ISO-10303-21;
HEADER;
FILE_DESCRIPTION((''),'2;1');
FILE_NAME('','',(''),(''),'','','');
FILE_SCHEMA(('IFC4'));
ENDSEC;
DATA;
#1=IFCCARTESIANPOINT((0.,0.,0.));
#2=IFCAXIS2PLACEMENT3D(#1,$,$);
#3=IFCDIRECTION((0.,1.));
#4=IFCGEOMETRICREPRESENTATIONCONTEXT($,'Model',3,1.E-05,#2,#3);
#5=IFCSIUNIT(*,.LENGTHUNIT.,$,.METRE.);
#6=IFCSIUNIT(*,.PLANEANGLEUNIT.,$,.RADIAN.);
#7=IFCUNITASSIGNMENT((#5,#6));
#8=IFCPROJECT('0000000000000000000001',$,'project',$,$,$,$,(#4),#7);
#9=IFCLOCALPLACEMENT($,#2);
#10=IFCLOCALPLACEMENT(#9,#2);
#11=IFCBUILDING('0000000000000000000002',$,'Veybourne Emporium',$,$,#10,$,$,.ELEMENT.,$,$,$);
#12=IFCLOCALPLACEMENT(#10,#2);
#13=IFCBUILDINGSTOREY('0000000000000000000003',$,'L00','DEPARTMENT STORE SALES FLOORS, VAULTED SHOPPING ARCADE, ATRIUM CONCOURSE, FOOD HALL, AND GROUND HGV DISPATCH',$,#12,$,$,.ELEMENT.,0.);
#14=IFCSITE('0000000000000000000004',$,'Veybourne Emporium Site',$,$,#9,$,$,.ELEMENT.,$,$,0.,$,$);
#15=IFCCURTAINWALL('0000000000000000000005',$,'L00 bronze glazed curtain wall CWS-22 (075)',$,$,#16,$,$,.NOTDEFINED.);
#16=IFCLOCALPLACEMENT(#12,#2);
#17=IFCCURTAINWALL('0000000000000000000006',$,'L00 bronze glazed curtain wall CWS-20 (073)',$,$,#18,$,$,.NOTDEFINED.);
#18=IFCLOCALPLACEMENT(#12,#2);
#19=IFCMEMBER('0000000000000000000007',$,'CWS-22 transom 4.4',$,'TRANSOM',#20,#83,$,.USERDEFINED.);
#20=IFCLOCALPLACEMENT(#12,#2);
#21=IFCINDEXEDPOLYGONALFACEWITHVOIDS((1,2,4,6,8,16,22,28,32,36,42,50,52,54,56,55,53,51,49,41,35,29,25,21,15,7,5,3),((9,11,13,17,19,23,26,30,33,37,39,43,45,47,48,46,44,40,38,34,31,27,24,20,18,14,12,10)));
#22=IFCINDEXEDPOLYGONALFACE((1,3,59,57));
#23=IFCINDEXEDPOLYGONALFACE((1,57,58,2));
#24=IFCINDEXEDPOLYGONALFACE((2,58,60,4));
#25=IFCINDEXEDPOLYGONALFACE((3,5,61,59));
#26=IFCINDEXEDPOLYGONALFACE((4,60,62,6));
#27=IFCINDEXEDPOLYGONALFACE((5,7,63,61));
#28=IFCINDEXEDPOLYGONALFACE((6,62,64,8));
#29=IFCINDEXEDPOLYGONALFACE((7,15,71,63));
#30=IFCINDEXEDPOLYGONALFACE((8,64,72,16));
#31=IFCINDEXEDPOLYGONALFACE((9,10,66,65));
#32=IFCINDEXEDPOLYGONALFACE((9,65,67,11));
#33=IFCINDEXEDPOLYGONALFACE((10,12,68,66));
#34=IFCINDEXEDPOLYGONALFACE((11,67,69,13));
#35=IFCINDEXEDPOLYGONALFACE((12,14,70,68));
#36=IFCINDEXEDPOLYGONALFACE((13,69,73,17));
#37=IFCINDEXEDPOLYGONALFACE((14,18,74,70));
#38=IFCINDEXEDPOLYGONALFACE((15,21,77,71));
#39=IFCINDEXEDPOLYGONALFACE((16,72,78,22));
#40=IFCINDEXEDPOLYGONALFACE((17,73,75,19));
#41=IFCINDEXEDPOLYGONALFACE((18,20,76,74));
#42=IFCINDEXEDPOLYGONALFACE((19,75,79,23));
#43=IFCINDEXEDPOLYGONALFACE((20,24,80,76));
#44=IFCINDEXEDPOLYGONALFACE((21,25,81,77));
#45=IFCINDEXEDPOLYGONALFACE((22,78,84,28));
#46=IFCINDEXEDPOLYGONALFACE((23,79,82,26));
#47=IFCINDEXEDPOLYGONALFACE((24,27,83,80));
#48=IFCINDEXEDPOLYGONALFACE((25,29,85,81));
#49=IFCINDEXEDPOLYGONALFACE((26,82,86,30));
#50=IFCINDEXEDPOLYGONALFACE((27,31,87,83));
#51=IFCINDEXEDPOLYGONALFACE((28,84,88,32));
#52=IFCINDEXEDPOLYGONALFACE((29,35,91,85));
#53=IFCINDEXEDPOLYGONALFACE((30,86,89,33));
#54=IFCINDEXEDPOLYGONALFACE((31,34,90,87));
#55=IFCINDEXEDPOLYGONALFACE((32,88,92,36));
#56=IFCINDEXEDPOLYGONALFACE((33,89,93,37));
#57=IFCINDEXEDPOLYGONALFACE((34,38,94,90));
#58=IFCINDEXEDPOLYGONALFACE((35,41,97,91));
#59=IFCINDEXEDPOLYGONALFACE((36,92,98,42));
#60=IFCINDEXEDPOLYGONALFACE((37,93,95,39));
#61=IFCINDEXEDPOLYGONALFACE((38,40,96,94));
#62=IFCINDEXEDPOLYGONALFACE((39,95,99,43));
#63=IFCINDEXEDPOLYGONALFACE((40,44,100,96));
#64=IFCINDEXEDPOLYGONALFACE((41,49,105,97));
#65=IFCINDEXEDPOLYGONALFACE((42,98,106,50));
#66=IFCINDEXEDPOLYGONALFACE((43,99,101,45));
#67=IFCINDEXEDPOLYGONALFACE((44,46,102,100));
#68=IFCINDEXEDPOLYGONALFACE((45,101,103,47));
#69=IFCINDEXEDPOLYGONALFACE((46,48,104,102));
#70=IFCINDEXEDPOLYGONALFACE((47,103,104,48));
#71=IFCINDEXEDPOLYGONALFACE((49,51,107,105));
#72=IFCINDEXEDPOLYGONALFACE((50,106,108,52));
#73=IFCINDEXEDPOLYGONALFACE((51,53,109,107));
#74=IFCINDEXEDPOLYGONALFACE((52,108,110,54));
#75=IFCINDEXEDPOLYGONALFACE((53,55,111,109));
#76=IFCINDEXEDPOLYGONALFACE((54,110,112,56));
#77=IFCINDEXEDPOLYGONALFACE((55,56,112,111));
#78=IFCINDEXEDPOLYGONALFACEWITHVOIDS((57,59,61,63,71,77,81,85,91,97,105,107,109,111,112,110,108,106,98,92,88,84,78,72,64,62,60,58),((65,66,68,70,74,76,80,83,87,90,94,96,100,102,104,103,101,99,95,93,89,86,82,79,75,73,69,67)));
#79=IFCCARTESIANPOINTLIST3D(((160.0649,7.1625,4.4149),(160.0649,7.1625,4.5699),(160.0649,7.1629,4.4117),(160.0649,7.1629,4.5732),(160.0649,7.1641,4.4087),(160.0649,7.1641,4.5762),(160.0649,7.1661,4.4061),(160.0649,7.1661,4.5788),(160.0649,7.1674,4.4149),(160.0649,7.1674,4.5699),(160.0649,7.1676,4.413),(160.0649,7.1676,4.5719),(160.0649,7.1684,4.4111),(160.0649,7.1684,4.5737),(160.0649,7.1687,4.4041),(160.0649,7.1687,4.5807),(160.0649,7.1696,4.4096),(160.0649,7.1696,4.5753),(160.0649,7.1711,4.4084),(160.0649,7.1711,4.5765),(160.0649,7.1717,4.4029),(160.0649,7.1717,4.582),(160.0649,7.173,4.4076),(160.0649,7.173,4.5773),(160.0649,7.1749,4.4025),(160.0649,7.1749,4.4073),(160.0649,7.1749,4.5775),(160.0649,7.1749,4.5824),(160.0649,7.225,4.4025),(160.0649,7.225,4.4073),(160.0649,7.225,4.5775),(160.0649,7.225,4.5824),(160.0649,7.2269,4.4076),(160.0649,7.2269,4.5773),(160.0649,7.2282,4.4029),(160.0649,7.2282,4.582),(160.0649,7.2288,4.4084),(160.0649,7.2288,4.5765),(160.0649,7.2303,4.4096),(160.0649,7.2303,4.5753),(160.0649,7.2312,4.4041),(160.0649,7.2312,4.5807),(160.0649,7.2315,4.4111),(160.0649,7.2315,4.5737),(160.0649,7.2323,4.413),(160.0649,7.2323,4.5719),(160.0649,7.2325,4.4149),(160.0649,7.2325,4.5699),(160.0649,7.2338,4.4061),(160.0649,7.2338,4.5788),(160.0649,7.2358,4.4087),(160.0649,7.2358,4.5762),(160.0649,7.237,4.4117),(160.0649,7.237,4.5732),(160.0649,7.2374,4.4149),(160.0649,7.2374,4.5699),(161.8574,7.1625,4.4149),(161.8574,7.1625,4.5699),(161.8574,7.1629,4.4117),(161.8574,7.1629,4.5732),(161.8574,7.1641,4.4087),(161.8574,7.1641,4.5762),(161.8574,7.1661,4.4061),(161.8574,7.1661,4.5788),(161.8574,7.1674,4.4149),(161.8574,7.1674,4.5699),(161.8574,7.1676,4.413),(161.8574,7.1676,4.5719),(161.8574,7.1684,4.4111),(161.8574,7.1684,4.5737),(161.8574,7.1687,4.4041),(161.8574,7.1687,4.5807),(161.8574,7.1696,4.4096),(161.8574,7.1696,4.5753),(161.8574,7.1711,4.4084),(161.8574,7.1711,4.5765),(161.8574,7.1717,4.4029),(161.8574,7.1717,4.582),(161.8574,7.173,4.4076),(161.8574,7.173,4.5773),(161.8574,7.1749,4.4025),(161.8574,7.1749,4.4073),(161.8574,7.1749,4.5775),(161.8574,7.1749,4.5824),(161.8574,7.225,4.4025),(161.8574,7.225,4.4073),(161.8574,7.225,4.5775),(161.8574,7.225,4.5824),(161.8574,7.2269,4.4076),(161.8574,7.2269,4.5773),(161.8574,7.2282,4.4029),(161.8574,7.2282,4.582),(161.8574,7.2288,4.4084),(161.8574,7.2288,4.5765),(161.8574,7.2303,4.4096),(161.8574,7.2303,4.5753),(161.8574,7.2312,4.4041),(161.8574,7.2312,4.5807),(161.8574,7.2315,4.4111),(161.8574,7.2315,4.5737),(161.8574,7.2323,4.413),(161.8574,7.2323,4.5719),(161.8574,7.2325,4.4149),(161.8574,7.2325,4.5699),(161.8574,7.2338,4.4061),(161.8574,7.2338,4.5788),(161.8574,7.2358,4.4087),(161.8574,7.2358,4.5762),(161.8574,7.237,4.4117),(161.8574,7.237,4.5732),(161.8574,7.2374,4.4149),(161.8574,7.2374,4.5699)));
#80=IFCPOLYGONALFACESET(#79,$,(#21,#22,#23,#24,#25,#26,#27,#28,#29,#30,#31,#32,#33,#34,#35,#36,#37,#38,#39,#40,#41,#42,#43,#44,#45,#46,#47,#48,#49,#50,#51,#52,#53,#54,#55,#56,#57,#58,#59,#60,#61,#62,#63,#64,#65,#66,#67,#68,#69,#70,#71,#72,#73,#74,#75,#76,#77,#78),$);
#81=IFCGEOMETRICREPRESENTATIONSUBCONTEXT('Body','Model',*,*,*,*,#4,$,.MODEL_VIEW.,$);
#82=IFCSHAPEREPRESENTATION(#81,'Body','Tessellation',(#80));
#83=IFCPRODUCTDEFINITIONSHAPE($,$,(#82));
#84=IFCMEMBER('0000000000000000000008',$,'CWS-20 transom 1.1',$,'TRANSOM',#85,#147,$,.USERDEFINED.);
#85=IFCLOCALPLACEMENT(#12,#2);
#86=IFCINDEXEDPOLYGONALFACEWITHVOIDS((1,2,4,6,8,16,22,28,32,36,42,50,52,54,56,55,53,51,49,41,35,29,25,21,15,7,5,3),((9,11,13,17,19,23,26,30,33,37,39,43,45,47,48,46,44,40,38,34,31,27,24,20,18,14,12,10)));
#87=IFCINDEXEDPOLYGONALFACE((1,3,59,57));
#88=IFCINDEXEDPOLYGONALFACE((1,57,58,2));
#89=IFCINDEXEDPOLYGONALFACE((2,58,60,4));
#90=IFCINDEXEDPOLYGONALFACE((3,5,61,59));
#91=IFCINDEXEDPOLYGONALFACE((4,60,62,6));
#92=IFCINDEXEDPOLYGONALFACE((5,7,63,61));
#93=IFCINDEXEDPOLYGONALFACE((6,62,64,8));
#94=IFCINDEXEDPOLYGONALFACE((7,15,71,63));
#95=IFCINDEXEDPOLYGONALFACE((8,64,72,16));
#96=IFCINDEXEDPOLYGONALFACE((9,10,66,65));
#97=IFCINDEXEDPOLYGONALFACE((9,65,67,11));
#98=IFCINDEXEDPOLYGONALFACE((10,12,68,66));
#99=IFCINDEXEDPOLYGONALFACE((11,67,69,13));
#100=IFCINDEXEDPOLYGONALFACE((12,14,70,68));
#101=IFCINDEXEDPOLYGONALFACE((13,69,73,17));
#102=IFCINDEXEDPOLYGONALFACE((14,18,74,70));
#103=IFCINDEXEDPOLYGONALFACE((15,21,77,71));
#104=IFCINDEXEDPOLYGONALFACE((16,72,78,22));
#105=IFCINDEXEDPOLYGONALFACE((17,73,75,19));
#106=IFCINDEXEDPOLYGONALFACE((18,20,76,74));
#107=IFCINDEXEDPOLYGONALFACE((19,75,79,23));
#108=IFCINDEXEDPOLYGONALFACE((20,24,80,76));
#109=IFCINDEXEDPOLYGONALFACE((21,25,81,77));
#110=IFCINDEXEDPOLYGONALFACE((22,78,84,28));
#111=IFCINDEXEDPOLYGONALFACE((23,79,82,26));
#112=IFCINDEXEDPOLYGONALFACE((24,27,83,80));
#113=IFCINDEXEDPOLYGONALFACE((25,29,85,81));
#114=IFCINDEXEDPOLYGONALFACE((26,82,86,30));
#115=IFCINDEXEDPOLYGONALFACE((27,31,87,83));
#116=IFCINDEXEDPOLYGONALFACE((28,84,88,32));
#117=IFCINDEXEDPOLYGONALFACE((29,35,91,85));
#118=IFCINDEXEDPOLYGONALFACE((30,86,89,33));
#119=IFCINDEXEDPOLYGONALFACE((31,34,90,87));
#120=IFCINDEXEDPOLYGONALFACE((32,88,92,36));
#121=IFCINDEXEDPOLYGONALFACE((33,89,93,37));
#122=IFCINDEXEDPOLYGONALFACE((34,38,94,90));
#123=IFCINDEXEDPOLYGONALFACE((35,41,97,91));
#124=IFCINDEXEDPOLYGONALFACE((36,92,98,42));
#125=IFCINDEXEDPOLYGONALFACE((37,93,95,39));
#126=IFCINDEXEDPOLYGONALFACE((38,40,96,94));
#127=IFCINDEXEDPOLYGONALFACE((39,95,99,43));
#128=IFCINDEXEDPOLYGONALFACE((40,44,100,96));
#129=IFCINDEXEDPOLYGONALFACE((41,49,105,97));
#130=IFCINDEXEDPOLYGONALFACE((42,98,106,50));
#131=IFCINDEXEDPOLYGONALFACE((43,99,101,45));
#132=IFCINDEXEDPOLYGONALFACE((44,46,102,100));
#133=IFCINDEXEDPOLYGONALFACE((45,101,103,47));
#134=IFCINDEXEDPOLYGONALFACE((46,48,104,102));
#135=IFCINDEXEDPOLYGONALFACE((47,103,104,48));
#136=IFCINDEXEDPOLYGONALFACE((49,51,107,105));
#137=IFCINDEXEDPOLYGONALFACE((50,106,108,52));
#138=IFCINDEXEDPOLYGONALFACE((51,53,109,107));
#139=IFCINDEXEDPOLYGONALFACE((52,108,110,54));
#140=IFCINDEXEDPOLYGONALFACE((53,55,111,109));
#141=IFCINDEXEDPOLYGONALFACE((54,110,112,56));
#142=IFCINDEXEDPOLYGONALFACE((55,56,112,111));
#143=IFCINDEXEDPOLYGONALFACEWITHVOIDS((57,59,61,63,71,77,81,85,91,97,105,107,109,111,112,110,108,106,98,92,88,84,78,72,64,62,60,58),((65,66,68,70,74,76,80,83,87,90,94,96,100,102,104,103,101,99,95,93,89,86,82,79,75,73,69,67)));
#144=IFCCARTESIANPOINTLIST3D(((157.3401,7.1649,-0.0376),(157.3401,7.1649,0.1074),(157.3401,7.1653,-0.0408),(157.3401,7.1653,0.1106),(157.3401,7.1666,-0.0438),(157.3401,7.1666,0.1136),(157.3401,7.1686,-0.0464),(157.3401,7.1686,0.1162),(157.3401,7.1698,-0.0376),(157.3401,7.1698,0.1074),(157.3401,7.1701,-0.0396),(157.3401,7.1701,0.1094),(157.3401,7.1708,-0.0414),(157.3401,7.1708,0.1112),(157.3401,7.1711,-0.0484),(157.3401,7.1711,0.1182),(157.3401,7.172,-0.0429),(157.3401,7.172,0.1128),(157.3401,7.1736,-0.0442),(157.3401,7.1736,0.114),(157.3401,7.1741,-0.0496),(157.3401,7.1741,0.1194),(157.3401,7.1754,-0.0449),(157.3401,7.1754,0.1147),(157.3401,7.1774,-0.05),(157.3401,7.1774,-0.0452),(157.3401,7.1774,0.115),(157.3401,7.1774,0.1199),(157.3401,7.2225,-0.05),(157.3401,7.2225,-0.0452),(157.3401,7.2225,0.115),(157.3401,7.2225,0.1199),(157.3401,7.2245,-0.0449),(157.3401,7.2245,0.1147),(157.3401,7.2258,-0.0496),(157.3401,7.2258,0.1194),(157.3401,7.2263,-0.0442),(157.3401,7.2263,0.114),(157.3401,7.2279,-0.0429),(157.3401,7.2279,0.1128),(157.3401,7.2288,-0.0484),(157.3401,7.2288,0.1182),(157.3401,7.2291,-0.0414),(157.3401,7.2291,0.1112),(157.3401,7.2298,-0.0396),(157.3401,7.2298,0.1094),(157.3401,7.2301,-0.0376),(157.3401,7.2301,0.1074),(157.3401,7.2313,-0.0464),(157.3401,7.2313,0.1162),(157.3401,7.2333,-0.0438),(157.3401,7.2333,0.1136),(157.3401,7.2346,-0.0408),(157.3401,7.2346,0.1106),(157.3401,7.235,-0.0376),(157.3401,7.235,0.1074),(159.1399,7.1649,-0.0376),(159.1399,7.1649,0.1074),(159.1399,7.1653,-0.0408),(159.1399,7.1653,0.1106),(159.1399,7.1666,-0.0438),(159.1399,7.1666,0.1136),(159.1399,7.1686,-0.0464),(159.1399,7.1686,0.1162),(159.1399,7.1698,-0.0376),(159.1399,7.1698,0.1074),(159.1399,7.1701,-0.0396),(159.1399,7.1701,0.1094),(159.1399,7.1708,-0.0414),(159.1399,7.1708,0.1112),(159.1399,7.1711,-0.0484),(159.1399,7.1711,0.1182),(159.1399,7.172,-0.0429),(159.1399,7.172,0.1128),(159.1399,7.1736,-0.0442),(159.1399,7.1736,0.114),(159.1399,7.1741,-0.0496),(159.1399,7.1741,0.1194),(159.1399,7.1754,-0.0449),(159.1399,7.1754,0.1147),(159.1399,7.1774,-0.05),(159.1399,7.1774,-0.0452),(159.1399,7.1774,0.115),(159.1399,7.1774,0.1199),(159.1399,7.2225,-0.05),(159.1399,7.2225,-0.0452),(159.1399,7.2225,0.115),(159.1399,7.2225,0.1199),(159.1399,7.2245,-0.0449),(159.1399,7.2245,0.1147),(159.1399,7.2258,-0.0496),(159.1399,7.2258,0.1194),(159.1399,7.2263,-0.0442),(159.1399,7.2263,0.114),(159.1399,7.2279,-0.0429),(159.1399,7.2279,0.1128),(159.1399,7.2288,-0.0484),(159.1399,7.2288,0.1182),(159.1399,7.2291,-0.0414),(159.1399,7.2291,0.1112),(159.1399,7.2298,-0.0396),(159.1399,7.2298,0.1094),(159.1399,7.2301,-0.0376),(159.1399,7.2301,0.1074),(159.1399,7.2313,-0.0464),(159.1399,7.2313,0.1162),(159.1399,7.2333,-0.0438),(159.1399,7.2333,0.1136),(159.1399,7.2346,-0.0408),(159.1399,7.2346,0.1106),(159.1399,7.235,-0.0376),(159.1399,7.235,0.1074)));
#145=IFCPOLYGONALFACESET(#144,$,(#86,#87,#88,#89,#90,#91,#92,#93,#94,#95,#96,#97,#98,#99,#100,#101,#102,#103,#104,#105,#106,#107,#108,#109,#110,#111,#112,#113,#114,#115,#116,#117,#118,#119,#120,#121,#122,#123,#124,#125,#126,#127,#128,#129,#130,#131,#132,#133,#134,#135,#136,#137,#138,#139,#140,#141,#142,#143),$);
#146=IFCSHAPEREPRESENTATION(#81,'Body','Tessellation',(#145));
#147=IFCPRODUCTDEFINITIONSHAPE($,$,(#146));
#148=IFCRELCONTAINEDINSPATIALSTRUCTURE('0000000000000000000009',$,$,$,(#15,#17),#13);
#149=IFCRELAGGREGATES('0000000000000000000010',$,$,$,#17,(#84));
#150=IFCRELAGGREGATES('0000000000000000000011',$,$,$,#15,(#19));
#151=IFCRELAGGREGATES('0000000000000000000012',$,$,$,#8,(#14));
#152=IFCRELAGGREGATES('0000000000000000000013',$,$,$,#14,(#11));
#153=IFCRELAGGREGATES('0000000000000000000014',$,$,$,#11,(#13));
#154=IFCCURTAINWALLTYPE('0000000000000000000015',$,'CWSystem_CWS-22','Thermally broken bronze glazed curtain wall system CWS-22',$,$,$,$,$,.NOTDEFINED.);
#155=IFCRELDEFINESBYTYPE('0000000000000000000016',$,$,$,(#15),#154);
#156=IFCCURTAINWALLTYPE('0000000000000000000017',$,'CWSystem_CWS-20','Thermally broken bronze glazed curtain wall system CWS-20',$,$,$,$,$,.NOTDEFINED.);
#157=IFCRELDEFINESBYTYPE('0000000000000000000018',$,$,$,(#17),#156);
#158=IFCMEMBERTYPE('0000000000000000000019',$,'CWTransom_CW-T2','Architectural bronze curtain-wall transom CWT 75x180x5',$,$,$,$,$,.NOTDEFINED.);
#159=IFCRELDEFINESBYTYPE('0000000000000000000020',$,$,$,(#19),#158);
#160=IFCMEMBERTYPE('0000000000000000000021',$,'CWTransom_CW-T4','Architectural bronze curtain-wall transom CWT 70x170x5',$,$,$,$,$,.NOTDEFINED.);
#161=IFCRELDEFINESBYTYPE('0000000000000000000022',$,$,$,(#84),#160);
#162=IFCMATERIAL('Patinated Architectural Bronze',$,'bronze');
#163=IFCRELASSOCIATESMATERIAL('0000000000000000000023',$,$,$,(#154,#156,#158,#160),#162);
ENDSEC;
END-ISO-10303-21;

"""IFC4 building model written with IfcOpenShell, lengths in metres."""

from ifc_helpers import new_model, si_unit, direction, frame, origin, origin_2d, place, context, subcontext, project, spatial, hollow_rectangle, extrude, material, material_profile, profile_set, type_object, element, aggregate, save


model = new_model("IFC4")

# Units and contexts
model_context = context("Model", 3, precision=1e-05, world=origin(), true_north=direction((0.0, 1.0)))
body_context = subcontext(model_context, "Body", "Model", "MODEL_VIEW")
ifc_project = project(units=[si_unit("LENGTHUNIT", "METRE"), si_unit("PLANEANGLEUNIT", "RADIAN")], contexts=[model_context])

# Site, building, storey
site_placement = place(None, origin())
site = spatial("IfcSite", under=ifc_project, at=site_placement, Name="Veybourne Emporium Site", CompositionType="ELEMENT", RefElevation=0.0)
building_placement = place(site_placement, origin())
building = spatial("IfcBuilding", under=site, at=building_placement, Name="Veybourne Emporium", CompositionType="ELEMENT")
storey_placement = place(building_placement, origin())
storey = spatial("IfcBuildingStorey", under=building, at=storey_placement, Name="L00", Description="DEPARTMENT STORE SALES FLOORS, VAULTED SHOPPING ARCADE, ATRIUM CONCOURSE, FOOD HALL, AND GROUND HGV DISPATCH", CompositionType="ELEMENT", Elevation=0.0)

# Curtain walls
ifc_material_1 = material(Name="Patinated Architectural Bronze", Category="bronze")
curtain_wall_type_1 = type_object("IfcCurtainWallType", Name="CWSystem_CWS-22", Description="Thermally broken bronze glazed curtain wall system CWS-22", PredefinedType="NOTDEFINED", material=ifc_material_1)
curtain_wall_1_placement = place(storey_placement, origin())
curtain_wall_1 = element("IfcCurtainWall", 1, at=curtain_wall_1_placement, inside=storey, type_object=curtain_wall_type_1, Name="L00 bronze glazed curtain wall CWS-22 (075)", PredefinedType="NOTDEFINED")
curtain_wall_type_2 = type_object("IfcCurtainWallType", Name="CWSystem_CWS-20", Description="Thermally broken bronze glazed curtain wall system CWS-20", PredefinedType="NOTDEFINED", material=ifc_material_1)
curtain_wall_2_placement = place(storey_placement, origin())
curtain_wall_2 = element("IfcCurtainWall", 2, at=curtain_wall_2_placement, inside=storey, type_object=curtain_wall_type_2, Name="L00 bronze glazed curtain wall CWS-20 (073)", PredefinedType="NOTDEFINED")

# Members
ifc_material_profile_1 = material_profile(ifc_material_1, hollow_rectangle(XDim=0.075, YDim=0.1799, WallThickness=0.0049, InnerFilletRadius=0.0076, OuterFilletRadius=0.0125, at=origin_2d()), Name="CWT 75x180x5")
ifc_profile_set_1 = profile_set([ifc_material_profile_1], Name="Patinated Architectural Bronze")
member_type_1 = type_object("IfcMemberType", Name="CWTransom_CW-T2", Description="Architectural bronze curtain-wall transom CWT 75x180x5", PredefinedType="NOTDEFINED", material=ifc_profile_set_1)
member_1_placement = place(storey_placement, frame((161.8574, 7.2, 4.4924), z_axis=(-1.0, 0.0, 0.0), x_axis=(0.0, -1.0, 0.0)))
member_1 = element("IfcMember", 3, at=member_1_placement, type_object=member_type_1, Name="CWS-22 transom 4.4", ObjectType="TRANSOM", PredefinedType="USERDEFINED", context=body_context, shape_type="SweptSolid", body=[
    extrude(hollow_rectangle(XDim=0.075, YDim=0.1799, WallThickness=0.0049, InnerFilletRadius=0.0076, OuterFilletRadius=0.0125, at=origin_2d()), origin(), (0.0, 0.0, 1.0), 1.7925),
])
ifc_material_profile_2 = material_profile(ifc_material_1, hollow_rectangle(XDim=0.0701, YDim=0.1699, WallThickness=0.0049, InnerFilletRadius=0.0076, OuterFilletRadius=0.0125, at=origin_2d()), Name="CWT 70x170x5")
ifc_profile_set_2 = profile_set([ifc_material_profile_2], Name="Patinated Architectural Bronze")
member_type_2 = type_object("IfcMemberType", Name="CWTransom_CW-T4", Description="Architectural bronze curtain-wall transom CWT 70x170x5", PredefinedType="NOTDEFINED", material=ifc_profile_set_2)
member_2_placement = place(storey_placement, frame((159.1399, 7.2, 0.0349), z_axis=(-1.0, 0.0, 0.0), x_axis=(0.0, -1.0, 0.0)))
member_2 = element("IfcMember", 4, at=member_2_placement, type_object=member_type_2, Name="CWS-20 transom 1.1", ObjectType="TRANSOM", PredefinedType="USERDEFINED", context=body_context, shape_type="SweptSolid", body=[
    extrude(hollow_rectangle(XDim=0.0701, YDim=0.1699, WallThickness=0.0049, InnerFilletRadius=0.0076, OuterFilletRadius=0.0125, at=origin_2d()), origin(), (0.0, 0.0, 1.0), 1.7998),
])

aggregate(curtain_wall_2, [member_2])
aggregate(curtain_wall_1, [member_1])

save(model, "model.ifc")
